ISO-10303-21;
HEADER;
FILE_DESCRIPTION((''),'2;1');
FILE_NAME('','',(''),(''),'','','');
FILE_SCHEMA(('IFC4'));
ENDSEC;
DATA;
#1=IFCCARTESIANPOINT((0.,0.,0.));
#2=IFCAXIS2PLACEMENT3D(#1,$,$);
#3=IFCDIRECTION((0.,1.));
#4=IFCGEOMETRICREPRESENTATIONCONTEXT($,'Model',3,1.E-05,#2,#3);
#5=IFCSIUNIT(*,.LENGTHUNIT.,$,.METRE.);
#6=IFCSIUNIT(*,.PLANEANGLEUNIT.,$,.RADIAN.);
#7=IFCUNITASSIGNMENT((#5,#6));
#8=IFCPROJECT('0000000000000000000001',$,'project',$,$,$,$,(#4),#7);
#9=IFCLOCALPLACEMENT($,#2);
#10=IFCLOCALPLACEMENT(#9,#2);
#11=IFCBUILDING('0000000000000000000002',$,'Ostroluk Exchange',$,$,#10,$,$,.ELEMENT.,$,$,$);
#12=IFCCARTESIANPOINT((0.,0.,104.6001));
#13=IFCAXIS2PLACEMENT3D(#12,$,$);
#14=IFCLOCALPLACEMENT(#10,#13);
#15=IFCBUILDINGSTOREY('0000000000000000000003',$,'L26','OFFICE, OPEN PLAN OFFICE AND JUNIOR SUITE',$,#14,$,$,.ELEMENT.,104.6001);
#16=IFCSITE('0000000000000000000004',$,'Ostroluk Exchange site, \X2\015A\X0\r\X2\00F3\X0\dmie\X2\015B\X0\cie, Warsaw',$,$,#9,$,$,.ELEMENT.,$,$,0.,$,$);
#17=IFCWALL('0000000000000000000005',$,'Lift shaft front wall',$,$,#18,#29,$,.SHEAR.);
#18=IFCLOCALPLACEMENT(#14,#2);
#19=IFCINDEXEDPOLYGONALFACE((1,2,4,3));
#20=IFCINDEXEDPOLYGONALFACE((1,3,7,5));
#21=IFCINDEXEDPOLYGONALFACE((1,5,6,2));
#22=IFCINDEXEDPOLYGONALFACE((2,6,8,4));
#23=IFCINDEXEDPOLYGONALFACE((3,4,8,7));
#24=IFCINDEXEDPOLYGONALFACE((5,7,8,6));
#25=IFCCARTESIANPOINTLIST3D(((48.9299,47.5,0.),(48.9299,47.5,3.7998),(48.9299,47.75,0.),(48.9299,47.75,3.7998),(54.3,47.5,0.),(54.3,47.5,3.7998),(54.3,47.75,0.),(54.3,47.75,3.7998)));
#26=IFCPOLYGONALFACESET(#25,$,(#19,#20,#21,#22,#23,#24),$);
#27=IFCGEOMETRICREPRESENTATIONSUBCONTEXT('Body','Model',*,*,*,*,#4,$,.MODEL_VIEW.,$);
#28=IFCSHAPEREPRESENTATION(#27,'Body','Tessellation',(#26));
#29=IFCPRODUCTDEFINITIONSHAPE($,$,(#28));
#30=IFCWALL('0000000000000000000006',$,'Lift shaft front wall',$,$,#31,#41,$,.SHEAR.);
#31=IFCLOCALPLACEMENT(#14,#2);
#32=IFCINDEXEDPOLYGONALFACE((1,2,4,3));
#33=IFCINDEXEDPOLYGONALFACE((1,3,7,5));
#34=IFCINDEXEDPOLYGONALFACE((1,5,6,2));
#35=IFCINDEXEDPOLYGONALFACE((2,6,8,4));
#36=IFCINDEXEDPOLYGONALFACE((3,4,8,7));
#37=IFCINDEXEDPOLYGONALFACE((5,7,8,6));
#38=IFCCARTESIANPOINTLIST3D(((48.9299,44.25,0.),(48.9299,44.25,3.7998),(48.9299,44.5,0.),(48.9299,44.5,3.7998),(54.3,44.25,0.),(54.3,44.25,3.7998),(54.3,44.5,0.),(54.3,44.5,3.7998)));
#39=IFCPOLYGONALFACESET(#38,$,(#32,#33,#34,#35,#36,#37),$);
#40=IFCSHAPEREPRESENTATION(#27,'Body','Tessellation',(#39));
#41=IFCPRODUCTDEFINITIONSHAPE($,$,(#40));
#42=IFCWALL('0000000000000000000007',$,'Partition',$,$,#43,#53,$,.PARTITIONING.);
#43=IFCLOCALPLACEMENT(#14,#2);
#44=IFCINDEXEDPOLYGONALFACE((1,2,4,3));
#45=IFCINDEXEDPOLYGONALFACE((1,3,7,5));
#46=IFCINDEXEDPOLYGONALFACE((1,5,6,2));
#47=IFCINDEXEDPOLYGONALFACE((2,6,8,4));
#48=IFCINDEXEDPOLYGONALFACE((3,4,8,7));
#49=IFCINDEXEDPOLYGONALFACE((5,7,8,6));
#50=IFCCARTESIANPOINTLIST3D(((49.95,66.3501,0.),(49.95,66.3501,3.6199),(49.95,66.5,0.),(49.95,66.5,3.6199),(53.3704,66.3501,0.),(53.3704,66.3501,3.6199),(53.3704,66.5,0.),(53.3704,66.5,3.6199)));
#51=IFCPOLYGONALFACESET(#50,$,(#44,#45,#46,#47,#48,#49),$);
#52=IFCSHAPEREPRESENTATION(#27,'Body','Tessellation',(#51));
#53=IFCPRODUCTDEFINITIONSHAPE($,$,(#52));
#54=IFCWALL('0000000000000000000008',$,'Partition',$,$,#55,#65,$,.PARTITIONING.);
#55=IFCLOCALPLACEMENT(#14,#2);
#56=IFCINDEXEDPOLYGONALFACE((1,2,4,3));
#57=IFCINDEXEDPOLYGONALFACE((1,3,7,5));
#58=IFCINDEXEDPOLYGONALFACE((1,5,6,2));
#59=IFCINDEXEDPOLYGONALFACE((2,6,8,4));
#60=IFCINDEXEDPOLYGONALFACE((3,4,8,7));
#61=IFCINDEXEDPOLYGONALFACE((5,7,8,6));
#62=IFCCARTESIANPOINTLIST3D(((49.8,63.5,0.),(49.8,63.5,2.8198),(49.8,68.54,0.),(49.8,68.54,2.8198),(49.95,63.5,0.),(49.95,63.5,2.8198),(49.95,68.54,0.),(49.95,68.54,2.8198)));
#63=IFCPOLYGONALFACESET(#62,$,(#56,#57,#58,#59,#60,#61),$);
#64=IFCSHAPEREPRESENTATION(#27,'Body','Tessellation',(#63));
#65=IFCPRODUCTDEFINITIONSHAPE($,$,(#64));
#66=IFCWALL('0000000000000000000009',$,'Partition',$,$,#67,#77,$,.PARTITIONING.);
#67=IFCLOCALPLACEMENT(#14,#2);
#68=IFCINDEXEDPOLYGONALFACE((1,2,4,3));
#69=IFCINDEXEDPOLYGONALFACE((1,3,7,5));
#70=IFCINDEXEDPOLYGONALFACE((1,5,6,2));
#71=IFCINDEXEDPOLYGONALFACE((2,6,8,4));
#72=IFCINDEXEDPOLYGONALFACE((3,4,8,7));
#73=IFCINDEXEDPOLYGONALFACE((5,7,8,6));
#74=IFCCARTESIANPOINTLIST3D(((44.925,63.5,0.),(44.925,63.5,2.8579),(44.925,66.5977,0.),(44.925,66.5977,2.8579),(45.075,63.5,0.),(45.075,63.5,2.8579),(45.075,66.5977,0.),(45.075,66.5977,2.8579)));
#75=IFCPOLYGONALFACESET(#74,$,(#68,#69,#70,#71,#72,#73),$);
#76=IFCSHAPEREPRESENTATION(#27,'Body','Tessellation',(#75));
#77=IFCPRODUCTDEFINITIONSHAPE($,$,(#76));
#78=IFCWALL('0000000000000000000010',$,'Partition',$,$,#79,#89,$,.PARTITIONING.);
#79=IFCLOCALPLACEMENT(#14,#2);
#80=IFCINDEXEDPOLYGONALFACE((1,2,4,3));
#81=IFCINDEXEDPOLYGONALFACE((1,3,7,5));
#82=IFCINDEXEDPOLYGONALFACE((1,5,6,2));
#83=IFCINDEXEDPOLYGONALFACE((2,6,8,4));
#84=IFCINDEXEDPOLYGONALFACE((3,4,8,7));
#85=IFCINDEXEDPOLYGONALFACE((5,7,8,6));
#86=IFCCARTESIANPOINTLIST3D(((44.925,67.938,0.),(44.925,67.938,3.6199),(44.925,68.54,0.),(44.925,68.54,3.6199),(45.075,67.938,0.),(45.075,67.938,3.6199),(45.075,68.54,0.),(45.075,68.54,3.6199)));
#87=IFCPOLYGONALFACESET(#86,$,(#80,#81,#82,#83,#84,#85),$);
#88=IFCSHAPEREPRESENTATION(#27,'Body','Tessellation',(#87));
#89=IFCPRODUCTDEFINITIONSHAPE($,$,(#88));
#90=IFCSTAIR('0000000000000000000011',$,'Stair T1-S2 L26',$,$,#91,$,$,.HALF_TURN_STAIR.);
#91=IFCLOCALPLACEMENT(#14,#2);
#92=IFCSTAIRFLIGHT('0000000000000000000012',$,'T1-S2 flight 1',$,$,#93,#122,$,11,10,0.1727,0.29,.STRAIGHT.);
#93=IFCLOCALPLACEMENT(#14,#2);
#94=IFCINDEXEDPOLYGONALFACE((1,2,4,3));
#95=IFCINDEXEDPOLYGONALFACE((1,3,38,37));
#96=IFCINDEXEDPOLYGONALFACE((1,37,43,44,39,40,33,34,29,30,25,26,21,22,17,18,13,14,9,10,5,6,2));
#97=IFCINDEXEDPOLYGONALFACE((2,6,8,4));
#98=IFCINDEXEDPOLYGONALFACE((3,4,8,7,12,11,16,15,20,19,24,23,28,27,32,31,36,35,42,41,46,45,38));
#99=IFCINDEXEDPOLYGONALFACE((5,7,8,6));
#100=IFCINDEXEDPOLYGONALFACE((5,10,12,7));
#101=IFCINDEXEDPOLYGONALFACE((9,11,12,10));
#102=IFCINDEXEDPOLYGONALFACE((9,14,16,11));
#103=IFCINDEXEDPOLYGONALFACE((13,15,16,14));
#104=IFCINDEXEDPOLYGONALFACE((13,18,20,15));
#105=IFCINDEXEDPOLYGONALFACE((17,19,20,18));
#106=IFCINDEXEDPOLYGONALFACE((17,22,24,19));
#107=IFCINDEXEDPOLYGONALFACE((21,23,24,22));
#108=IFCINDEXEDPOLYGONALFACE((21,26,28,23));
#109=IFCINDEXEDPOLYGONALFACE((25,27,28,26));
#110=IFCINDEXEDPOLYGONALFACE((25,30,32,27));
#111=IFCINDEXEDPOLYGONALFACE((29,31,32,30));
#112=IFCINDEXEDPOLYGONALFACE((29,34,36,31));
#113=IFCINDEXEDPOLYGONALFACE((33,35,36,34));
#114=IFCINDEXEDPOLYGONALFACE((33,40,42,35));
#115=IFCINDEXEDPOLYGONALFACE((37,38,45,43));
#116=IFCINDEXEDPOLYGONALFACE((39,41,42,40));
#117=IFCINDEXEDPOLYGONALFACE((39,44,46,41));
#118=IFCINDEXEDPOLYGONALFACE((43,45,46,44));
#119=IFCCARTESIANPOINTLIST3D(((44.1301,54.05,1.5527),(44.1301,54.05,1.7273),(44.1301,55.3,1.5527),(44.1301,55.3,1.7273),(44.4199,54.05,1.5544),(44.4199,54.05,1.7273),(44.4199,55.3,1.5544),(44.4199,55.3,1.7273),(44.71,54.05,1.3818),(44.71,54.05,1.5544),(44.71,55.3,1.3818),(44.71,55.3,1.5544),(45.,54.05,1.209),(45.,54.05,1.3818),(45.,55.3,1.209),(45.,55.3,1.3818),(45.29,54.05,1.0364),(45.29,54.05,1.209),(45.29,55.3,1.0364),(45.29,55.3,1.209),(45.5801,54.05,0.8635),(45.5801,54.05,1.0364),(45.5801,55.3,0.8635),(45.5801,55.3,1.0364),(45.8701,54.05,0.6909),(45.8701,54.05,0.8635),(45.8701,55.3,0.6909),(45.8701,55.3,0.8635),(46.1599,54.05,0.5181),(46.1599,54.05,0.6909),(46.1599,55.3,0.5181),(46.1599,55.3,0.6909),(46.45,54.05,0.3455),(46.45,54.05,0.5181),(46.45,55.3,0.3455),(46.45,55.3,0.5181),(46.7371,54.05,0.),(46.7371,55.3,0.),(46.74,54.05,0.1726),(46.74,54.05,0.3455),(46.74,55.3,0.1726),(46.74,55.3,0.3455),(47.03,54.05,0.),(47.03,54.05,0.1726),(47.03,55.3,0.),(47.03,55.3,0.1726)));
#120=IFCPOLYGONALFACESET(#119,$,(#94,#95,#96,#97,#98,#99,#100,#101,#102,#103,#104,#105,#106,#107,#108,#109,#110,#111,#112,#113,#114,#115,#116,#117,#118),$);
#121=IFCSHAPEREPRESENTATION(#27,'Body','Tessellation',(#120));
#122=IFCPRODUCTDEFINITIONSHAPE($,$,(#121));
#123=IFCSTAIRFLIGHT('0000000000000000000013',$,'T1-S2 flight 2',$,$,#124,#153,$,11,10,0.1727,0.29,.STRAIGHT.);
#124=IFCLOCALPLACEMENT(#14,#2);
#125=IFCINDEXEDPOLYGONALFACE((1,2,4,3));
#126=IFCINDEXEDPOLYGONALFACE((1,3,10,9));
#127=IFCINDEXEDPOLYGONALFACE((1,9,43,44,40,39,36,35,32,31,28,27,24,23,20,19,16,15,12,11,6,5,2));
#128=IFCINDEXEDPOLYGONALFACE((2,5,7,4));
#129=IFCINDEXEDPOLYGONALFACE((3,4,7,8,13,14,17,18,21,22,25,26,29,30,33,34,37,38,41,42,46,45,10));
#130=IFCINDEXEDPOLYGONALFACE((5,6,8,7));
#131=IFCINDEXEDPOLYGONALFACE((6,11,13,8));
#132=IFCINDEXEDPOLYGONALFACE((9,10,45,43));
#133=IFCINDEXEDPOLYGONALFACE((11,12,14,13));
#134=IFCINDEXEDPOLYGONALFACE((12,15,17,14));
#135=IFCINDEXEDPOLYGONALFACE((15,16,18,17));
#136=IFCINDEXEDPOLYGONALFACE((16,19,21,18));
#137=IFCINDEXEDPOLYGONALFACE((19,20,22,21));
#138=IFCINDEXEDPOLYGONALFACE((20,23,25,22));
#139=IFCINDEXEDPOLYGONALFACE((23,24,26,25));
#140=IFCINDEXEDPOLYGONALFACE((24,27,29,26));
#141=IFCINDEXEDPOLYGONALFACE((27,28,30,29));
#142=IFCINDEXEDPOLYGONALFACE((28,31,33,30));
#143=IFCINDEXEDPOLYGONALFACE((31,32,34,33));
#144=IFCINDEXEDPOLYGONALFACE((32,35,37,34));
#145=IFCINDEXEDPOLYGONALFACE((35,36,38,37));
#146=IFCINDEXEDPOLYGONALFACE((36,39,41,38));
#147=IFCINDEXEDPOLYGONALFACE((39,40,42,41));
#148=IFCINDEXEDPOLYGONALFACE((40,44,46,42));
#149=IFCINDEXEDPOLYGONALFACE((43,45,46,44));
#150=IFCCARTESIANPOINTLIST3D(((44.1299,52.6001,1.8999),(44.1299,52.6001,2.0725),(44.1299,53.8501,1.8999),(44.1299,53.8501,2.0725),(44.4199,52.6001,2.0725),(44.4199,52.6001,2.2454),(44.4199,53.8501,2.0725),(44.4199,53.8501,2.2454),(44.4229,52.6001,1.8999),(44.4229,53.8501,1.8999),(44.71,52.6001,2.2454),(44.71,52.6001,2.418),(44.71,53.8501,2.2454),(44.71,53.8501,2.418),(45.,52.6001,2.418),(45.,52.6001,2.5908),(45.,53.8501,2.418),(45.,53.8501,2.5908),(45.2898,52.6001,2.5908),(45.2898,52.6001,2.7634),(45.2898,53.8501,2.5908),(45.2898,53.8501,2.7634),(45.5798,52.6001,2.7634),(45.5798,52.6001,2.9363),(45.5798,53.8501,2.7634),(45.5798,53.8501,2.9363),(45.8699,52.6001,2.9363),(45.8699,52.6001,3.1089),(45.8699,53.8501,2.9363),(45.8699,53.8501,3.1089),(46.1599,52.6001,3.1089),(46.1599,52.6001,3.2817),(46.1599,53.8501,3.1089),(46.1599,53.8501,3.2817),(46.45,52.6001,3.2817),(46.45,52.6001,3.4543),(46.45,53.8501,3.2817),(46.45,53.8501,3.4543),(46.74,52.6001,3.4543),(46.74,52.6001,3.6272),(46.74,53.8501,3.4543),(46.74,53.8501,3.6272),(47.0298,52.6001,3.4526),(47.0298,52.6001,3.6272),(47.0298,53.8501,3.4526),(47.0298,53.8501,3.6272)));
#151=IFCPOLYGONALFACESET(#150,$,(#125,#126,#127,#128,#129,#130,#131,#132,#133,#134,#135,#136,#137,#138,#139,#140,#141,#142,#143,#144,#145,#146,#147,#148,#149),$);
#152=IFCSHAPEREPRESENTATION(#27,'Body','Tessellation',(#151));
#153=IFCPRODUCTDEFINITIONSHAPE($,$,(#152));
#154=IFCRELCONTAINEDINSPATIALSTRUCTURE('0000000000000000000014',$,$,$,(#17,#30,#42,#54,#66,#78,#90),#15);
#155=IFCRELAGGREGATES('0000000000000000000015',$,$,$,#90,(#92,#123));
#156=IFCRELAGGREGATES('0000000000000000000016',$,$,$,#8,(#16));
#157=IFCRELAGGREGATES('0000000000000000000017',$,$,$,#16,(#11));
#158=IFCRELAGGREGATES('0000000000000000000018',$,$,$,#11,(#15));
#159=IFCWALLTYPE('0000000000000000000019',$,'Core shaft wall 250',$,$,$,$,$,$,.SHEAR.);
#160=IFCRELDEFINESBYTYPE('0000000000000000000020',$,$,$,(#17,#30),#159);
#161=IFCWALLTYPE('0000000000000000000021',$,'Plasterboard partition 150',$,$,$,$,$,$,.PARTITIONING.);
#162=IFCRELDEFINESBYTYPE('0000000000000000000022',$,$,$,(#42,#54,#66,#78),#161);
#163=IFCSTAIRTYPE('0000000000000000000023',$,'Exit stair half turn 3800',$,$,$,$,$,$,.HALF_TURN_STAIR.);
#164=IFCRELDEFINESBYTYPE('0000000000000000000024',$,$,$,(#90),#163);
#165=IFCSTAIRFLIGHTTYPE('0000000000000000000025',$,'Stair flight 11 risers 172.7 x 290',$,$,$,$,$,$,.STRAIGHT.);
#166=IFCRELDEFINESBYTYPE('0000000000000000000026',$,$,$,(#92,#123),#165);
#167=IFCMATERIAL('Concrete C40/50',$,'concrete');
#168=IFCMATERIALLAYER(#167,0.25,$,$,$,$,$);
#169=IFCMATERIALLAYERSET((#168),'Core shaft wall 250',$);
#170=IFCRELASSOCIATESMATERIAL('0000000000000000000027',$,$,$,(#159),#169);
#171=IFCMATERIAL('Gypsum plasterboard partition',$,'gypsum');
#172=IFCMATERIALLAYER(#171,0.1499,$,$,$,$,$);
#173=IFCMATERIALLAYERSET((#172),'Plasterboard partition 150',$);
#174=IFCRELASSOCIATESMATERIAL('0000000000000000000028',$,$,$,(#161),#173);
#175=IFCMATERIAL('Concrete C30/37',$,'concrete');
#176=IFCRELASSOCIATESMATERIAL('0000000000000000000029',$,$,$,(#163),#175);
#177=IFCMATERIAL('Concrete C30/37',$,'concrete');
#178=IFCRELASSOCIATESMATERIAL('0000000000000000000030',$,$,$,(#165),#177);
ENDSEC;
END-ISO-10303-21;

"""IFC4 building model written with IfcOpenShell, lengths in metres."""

from ifc_helpers import new_model, si_unit, direction, frame, frame_2d, origin, place, context, subcontext, project, spatial, polyline, rectangle, outline, extrude, material, layer, layer_set, type_object, element, aggregate, save


model = new_model("IFC4")

# Units and contexts
model_context = context("Model", 3, precision=1e-05, world=origin(), true_north=direction((0.0, 1.0)))
body_context = subcontext(model_context, "Body", "Model", "MODEL_VIEW")
ifc_project = project(units=[si_unit("LENGTHUNIT", "METRE"), si_unit("PLANEANGLEUNIT", "RADIAN")], contexts=[model_context])

# Site, building, storey
site_placement = place(None, origin())
site = spatial("IfcSite", under=ifc_project, at=site_placement, Name="Ostroluk Exchange site, Śródmieście, Warsaw", CompositionType="ELEMENT", RefElevation=0.0)
building_placement = place(site_placement, origin())
building = spatial("IfcBuilding", under=site, at=building_placement, Name="Ostroluk Exchange", CompositionType="ELEMENT")
storey_placement = place(building_placement, frame((0.0, 0.0, 104.6001)))
storey = spatial("IfcBuildingStorey", under=building, at=storey_placement, Name="L26", Description="OFFICE, OPEN PLAN OFFICE AND JUNIOR SUITE", CompositionType="ELEMENT", Elevation=104.6001)

# Shared definitions
ifc_material_1 = material(Name="Concrete C40/50", Category="concrete")
ifc_layer_1 = layer(ifc_material_1, 0.25)
ifc_layer_set_1 = layer_set([ifc_layer_1], Name="Core shaft wall 250")
wall_type_1 = type_object("IfcWallType", Name="Core shaft wall 250", PredefinedType="SHEAR", material=ifc_layer_set_1)

# Walls
for number, where, z_axis, x_axis, name in (
    (1, (48.9299, 47.625, 0.0), (0.0, 0.0, 1.0), (1.0, 0.0, 0.0), "Lift shaft front wall"),
    (2, (48.9299, 44.375, 0.0), (0.0, 0.0, 1.0), (1.0, 0.0, 0.0), "Lift shaft front wall"),
):
    element("IfcWall", number, at=place(storey_placement, frame(where, z_axis=z_axis, x_axis=x_axis)), inside=storey, type_object=wall_type_1, Name=name, PredefinedType="SHEAR", context=body_context, shape_type="SweptSolid", body=[
        extrude(rectangle(XDim=5.3701, YDim=0.25, at=frame_2d((2.6851, 0.0))), origin(), (0.0, 0.0, 1.0), 3.7998),
    ])
ifc_material_2 = material(Name="Gypsum plasterboard partition", Category="gypsum")
ifc_layer_2 = layer(ifc_material_2, 0.1499)
ifc_layer_set_2 = layer_set([ifc_layer_2], Name="Plasterboard partition 150")
wall_type_2 = type_object("IfcWallType", Name="Plasterboard partition 150", PredefinedType="PARTITIONING", material=ifc_layer_set_2)
wall_1_placement = place(storey_placement, frame((53.3704, 66.425, 0.0), z_axis=(0.0, 0.0, 1.0), x_axis=(-1.0, 0.0, 0.0)))
element("IfcWall", 3, at=wall_1_placement, inside=storey, type_object=wall_type_2, Name="Partition", PredefinedType="PARTITIONING", context=body_context, shape_type="SweptSolid", body=[
    extrude(rectangle(XDim=3.4204, YDim=0.1499, at=frame_2d((1.7102, 0.0))), origin(), (0.0, 0.0, 1.0), 3.6199),
])
wall_2_placement = place(storey_placement, frame((49.875, 63.5, 0.0), z_axis=(0.0, 0.0, 1.0), x_axis=(0.0, 1.0, 0.0)))
element("IfcWall", 4, at=wall_2_placement, inside=storey, type_object=wall_type_2, Name="Partition", PredefinedType="PARTITIONING", context=body_context, shape_type="SweptSolid", body=[
    extrude(rectangle(XDim=5.04, YDim=0.1499, at=frame_2d((2.52, 0.0))), origin(), (0.0, 0.0, 1.0), 2.8198),
])
wall_3_placement = place(storey_placement, frame((45.0, 63.5, 0.0), z_axis=(0.0, 0.0, 1.0), x_axis=(0.0, 1.0, 0.0)))
element("IfcWall", 5, at=wall_3_placement, inside=storey, type_object=wall_type_2, Name="Partition", PredefinedType="PARTITIONING", context=body_context, shape_type="SweptSolid", body=[
    extrude(rectangle(XDim=3.0977, YDim=0.1499, at=frame_2d((1.5488, 0.0))), origin(), (0.0, 0.0, 1.0), 2.8579),
])
wall_4_placement = place(storey_placement, frame((45.0, 67.938, 0.0), z_axis=(0.0, 0.0, 1.0), x_axis=(0.0, 1.0, 0.0)))
element("IfcWall", 6, at=wall_4_placement, inside=storey, type_object=wall_type_2, Name="Partition", PredefinedType="PARTITIONING", context=body_context, shape_type="SweptSolid", body=[
    extrude(rectangle(XDim=0.6021, YDim=0.1499, at=frame_2d((0.301, 0.0))), origin(), (0.0, 0.0, 1.0), 3.6199),
])

# Stair, stair flights
ifc_material_3 = material(Name="Concrete C30/37", Category="concrete")
stair_type = type_object("IfcStairType", Name="Exit stair half turn 3800", PredefinedType="HALF_TURN_STAIR", material=ifc_material_3)
stair_placement = place(storey_placement, origin())
stair = element("IfcStair", 7, at=stair_placement, inside=storey, type_object=stair_type, Name="Stair T1-S2 L26", PredefinedType="HALF_TURN_STAIR")
ifc_material_4 = material(Name="Concrete C30/37", Category="concrete")
stair_flight_type = type_object("IfcStairFlightType", Name="Stair flight 11 risers 172.7 x 290", PredefinedType="STRAIGHT", material=ifc_material_4)
stair_flight_1_placement = place(storey_placement, frame((47.03, 54.675, 0.0), z_axis=(0.0, 0.0, 1.0), x_axis=(-1.0, 0.0, 0.0)))
stair_flight_1 = element("IfcStairFlight", 8, at=stair_flight_1_placement, type_object=stair_flight_type, Name="T1-S2 flight 1", NumberOfRisers=11, NumberOfTreads=10, PredefinedType="STRAIGHT", RiserHeight=0.1727, TreadLength=0.29, context=body_context, shape_type="SweptSolid", body=[
    extrude(outline(polyline([(0.0, 0.0), (0.0, 0.1726), (0.29, 0.1726), (0.29, 0.3455), (0.5801, 0.3455), (0.5801, 0.5181), (0.8701, 0.5181), (0.8701, 0.6909), (1.1599, 0.6909), (1.1599, 0.8635), (1.45, 0.8635), (1.45, 1.0364), (1.74, 1.0364), (1.74, 1.209), (2.03, 1.209), (2.03, 1.3818), (2.3201, 1.3818), (2.3201, 1.5544), (2.6101, 1.5544), (2.6101, 1.7273), (2.8999, 1.7273), (2.8999, 1.8999), (2.8999, 1.5527), (0.293, 0.0), (0.0, 0.0)])), frame((0.0, 0.625, 0.0), z_axis=(0.0, -1.0, 0.0), x_axis=(1.0, 0.0, 0.0)), (0.0, 0.0, 1.0), 1.25),
])
stair_flight_2_placement = place(storey_placement, frame((44.1299, 53.2251, 1.8999), z_axis=(0.0, 0.0, 1.0), x_axis=(1.0, 0.0, 0.0)))
stair_flight_2 = element("IfcStairFlight", 9, at=stair_flight_2_placement, type_object=stair_flight_type, Name="T1-S2 flight 2", NumberOfRisers=11, NumberOfTreads=10, PredefinedType="STRAIGHT", RiserHeight=0.1727, TreadLength=0.29, context=body_context, shape_type="SweptSolid", body=[
    extrude(outline(polyline([(0.0, 0.0), (0.0, 0.1726), (0.29, 0.1726), (0.29, 0.3455), (0.5801, 0.3455), (0.5801, 0.5181), (0.8701, 0.5181), (0.8701, 0.6909), (1.1599, 0.6909), (1.1599, 0.8635), (1.45, 0.8635), (1.45, 1.0364), (1.74, 1.0364), (1.74, 1.209), (2.03, 1.209), (2.03, 1.3818), (2.3201, 1.3818), (2.3201, 1.5544), (2.6101, 1.5544), (2.6101, 1.7273), (2.8999, 1.7273), (2.8999, 1.8999), (2.8999, 1.5527), (0.293, 0.0), (0.0, 0.0)])), frame((0.0, 0.625, 0.0), z_axis=(0.0, -1.0, 0.0), x_axis=(1.0, 0.0, 0.0)), (0.0, 0.0, 1.0), 1.25),
])
aggregate(stair, [stair_flight_1, stair_flight_2])

save(model, "model.ifc")
